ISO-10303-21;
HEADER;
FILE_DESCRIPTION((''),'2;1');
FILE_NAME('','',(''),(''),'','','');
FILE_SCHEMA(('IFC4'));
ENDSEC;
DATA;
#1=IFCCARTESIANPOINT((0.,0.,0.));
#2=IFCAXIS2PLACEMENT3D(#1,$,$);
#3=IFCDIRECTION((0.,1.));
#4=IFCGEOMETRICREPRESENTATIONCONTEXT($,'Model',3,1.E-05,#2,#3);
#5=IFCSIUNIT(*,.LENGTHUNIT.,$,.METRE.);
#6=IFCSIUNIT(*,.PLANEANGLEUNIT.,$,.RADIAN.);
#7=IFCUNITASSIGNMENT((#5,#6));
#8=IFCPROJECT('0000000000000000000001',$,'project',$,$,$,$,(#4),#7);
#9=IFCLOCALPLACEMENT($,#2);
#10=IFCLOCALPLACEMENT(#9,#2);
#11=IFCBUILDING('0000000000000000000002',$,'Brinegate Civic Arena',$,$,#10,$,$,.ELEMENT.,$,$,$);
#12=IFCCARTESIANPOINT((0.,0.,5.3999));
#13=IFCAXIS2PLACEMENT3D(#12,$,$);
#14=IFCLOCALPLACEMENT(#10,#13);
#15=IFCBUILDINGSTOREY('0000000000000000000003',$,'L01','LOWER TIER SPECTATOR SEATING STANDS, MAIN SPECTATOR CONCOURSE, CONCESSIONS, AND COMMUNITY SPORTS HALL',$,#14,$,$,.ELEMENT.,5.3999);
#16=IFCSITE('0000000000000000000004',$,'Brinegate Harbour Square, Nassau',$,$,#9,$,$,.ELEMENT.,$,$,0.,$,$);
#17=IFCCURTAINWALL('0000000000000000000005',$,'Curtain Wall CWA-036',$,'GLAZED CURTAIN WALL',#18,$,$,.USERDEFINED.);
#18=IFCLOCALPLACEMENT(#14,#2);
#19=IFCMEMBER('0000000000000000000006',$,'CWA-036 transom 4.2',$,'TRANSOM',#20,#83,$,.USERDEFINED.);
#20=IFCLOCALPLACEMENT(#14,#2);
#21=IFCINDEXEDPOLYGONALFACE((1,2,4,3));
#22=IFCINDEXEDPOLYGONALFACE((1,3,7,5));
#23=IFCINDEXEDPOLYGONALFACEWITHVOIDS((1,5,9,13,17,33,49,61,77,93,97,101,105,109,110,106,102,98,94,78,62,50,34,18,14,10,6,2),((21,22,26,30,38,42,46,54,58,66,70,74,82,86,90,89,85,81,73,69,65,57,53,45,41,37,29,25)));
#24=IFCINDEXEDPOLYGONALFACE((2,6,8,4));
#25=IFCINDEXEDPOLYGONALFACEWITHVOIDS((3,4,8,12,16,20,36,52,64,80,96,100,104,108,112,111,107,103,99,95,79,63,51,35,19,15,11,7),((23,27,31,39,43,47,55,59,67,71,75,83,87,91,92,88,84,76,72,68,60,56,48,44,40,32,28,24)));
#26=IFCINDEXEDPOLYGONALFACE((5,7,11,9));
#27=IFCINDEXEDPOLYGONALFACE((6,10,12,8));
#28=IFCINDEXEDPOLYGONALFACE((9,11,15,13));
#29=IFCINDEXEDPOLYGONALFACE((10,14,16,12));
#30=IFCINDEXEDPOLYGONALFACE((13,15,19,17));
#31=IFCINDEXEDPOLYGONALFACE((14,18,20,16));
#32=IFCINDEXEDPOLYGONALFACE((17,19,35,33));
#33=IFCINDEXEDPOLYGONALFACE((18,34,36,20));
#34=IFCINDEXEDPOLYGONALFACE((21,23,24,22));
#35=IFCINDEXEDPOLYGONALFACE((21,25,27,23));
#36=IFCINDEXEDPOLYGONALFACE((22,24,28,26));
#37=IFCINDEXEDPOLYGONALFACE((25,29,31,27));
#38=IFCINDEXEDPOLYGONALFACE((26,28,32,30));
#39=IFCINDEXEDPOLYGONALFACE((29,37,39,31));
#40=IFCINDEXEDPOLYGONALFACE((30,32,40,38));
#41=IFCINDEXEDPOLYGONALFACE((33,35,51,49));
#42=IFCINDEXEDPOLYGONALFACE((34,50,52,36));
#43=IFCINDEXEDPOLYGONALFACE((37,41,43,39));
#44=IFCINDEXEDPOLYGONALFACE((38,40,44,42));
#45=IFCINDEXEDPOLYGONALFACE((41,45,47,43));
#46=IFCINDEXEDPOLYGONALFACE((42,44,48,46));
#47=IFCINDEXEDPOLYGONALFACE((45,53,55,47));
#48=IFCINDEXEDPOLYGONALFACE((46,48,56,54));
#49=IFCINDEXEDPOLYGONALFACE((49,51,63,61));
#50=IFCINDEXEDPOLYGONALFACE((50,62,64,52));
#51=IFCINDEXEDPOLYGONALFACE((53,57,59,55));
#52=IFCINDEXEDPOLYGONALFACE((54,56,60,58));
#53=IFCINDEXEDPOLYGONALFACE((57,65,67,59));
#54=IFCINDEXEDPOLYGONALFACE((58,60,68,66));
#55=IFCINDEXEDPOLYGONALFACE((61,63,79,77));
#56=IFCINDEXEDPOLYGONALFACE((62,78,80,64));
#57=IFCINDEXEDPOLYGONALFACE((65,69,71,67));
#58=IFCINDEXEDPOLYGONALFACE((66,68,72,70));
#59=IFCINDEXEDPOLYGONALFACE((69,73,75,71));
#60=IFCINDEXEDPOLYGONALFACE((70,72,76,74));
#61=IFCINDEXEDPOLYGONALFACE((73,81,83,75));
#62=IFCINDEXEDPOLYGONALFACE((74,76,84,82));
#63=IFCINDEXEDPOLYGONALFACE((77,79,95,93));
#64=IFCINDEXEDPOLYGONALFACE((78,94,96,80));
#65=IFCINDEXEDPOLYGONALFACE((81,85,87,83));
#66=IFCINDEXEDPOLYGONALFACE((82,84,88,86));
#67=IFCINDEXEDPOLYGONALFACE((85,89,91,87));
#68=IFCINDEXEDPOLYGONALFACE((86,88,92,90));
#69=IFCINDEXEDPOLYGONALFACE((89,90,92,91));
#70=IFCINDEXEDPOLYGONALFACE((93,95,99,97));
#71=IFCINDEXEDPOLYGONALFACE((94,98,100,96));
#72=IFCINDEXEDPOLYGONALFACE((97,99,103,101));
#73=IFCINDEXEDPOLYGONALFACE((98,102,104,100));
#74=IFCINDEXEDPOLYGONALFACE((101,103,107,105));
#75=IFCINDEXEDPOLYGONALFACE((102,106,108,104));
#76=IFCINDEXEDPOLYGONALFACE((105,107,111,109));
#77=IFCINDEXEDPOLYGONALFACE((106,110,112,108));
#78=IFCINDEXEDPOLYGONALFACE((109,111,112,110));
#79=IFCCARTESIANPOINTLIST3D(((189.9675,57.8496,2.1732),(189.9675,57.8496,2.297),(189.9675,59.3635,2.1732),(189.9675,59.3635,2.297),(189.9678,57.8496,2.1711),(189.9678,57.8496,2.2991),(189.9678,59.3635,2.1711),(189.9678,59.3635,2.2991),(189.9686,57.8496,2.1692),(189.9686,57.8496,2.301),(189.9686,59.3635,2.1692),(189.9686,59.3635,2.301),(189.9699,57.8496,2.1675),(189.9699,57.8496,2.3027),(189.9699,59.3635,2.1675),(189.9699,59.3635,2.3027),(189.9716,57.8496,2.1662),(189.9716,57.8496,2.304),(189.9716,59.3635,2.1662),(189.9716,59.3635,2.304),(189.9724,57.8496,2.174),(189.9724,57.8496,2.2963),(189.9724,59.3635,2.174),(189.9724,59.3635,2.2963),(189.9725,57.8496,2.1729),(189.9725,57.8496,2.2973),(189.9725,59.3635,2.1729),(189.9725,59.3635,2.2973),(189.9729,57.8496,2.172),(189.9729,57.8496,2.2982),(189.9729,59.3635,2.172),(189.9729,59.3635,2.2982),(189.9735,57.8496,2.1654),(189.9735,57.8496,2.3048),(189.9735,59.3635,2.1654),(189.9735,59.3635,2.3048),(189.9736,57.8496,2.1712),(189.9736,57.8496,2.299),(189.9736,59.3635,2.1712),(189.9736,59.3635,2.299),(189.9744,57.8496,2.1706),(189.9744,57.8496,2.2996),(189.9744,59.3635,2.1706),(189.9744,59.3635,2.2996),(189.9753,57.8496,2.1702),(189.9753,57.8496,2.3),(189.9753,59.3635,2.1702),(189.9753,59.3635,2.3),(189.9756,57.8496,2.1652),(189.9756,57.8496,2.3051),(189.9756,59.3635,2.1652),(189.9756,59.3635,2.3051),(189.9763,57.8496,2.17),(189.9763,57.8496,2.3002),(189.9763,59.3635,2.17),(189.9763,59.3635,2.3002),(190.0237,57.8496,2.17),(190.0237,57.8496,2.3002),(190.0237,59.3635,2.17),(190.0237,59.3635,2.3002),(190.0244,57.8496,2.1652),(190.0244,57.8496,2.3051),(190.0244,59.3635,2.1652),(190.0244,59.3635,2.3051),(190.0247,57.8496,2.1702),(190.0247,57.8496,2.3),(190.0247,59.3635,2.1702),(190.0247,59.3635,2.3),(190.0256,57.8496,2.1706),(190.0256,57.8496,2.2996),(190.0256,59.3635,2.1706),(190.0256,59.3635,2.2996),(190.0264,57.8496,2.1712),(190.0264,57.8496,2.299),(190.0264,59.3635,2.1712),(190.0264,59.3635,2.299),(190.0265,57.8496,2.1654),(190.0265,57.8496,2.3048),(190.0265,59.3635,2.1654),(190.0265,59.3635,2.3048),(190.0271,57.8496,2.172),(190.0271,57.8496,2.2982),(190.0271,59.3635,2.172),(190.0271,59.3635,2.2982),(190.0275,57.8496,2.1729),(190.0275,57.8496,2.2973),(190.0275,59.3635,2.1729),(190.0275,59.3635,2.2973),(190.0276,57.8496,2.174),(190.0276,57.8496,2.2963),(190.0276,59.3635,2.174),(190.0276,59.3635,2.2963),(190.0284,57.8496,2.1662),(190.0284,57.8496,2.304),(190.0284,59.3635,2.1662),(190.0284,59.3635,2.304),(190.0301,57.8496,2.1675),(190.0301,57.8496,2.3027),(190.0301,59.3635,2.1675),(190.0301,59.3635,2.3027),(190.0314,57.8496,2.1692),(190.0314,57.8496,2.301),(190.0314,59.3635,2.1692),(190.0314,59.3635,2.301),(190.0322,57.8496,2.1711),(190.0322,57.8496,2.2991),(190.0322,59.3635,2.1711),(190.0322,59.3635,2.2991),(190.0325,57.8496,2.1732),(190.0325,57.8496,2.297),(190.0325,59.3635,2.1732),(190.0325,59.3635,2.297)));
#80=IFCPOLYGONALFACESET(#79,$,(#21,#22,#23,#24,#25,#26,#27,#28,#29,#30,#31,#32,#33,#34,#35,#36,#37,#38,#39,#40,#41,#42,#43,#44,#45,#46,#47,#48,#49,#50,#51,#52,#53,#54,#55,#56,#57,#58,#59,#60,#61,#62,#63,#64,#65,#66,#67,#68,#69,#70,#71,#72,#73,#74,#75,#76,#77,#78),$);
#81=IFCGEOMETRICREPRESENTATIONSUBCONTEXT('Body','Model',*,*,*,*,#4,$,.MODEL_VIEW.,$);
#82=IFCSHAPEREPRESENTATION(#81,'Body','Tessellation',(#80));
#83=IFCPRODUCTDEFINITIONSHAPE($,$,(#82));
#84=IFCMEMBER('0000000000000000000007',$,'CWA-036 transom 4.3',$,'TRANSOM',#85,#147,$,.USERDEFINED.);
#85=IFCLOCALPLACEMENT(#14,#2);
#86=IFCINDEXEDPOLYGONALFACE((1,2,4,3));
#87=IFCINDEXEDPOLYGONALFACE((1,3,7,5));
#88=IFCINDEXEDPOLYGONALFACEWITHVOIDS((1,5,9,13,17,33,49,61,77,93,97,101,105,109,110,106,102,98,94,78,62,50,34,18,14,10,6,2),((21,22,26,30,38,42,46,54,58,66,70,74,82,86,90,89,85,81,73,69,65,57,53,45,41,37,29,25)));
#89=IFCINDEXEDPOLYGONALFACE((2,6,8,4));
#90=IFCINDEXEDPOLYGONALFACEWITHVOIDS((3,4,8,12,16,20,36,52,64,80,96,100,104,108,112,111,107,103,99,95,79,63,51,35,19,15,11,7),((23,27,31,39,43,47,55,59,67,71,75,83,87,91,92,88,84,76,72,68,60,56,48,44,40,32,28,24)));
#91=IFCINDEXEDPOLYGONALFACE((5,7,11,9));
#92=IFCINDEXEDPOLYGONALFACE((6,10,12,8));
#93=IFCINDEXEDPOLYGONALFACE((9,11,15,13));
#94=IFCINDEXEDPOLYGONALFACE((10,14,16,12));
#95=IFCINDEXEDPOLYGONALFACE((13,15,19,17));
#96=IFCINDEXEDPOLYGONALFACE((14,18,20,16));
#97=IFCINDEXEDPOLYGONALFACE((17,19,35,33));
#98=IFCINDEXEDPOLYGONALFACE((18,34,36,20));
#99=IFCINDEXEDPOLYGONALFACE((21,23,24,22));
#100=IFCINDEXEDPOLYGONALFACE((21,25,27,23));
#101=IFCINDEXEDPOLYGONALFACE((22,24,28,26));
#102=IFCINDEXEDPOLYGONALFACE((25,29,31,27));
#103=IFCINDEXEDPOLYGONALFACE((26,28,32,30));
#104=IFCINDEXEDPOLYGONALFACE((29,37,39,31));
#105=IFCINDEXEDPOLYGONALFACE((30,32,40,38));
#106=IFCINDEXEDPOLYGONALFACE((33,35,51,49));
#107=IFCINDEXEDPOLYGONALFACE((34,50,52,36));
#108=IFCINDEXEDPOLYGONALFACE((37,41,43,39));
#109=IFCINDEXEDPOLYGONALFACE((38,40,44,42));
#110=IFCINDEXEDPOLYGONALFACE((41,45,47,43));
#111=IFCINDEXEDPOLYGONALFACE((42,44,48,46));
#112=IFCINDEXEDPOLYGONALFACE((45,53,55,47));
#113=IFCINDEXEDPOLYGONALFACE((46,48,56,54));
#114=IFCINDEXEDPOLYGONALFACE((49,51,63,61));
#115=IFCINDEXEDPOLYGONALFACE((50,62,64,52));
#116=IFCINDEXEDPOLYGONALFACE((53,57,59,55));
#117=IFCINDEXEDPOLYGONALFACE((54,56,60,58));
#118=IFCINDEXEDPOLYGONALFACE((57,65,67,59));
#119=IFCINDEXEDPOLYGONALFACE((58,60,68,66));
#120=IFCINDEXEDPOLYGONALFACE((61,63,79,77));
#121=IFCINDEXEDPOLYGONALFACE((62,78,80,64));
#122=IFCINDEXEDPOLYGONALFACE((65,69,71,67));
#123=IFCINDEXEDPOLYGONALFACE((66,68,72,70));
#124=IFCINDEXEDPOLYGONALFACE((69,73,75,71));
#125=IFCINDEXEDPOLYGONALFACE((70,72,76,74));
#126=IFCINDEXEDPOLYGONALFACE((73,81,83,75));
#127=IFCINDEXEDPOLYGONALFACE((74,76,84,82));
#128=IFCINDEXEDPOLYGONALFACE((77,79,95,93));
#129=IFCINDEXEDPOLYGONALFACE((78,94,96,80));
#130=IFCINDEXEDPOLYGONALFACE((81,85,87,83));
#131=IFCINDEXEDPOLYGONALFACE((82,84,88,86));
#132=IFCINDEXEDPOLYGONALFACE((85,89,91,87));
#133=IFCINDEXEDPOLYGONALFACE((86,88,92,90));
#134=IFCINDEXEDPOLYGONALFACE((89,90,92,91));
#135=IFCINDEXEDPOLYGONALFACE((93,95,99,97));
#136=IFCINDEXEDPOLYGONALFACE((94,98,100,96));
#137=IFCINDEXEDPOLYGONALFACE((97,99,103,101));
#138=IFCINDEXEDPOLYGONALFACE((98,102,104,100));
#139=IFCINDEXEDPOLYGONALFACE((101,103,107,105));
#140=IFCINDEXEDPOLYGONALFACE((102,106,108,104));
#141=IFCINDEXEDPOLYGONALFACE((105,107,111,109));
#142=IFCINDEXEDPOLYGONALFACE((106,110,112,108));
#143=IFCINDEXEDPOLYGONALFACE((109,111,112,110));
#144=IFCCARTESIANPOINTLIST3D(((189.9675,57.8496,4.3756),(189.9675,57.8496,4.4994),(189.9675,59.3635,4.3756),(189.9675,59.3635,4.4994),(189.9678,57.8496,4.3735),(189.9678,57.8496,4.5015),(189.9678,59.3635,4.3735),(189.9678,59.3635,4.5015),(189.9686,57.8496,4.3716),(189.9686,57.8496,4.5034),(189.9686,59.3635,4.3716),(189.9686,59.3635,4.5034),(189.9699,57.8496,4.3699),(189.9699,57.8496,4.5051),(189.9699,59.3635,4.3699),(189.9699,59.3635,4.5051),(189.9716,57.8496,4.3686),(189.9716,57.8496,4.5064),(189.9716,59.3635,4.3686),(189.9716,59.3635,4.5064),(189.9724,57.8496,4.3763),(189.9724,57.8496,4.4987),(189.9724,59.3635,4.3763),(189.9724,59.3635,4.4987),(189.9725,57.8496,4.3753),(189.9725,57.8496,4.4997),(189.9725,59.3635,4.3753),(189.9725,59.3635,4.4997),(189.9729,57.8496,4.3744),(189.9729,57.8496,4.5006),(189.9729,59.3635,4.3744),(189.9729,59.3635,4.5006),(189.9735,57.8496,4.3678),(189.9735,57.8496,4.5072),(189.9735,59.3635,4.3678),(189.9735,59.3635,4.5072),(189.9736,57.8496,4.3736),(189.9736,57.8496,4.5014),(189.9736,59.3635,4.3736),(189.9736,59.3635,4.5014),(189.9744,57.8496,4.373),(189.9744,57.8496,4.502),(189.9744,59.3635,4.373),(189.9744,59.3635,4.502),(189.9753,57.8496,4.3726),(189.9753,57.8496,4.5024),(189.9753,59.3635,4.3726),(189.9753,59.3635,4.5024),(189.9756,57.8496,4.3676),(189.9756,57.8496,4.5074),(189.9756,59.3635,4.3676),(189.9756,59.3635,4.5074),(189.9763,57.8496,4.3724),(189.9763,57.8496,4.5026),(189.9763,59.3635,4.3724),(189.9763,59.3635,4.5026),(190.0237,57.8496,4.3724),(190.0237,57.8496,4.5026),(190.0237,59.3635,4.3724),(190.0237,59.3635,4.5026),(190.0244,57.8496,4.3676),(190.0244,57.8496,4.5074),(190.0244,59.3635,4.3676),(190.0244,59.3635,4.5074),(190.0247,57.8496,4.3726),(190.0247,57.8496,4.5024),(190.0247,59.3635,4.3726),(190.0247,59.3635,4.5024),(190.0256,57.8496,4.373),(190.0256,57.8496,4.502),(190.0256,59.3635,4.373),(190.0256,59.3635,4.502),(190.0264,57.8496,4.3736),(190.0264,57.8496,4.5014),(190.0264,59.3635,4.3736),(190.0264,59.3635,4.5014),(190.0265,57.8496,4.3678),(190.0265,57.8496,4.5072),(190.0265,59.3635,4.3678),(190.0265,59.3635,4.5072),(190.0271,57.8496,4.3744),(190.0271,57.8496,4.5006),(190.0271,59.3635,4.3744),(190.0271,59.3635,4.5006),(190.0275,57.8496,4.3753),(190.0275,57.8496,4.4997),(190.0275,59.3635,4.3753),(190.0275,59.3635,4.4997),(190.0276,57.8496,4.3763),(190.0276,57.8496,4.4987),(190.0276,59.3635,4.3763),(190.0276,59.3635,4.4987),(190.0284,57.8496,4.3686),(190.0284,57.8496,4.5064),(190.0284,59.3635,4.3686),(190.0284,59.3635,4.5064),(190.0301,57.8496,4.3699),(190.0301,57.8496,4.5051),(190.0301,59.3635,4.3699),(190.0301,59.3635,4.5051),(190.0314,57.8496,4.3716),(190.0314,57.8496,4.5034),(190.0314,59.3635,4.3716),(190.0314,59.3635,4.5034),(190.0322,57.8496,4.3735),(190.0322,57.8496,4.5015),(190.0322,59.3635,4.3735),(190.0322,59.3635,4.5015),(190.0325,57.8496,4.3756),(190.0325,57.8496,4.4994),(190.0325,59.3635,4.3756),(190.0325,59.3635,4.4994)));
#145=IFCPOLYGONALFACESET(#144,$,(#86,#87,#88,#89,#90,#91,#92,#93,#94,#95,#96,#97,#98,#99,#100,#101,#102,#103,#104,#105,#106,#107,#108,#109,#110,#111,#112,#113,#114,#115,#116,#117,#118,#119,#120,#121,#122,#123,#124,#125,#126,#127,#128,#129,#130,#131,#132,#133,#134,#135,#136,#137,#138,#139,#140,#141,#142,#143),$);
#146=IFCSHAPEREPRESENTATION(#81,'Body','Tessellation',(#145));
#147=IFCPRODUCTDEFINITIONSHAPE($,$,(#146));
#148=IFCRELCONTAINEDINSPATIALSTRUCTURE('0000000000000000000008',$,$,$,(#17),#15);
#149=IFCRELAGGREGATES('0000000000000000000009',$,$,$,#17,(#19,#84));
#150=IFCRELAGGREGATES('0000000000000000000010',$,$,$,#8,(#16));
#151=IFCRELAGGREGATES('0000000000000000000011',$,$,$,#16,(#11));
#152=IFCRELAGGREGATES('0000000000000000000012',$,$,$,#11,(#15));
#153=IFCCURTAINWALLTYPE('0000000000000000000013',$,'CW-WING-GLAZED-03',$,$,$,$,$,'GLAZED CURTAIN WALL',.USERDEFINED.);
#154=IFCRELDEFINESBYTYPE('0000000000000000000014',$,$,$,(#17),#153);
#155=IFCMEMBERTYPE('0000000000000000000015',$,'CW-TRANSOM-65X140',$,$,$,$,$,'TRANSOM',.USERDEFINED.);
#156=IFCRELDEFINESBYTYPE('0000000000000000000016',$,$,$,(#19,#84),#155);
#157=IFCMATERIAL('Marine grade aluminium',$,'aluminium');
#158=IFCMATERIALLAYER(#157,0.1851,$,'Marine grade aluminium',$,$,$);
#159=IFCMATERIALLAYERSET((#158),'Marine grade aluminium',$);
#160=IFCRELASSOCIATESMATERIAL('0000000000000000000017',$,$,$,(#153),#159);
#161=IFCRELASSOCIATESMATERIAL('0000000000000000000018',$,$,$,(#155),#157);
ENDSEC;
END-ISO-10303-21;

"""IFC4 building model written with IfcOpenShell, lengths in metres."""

from ifc_helpers import new_model, si_unit, direction, frame, origin, origin_2d, place, context, subcontext, project, spatial, hollow_rectangle, extrude, material, layer, layer_set, material_profile, profile_set, type_object, element, aggregate, save


model = new_model("IFC4")

# Units and contexts
model_context = context("Model", 3, precision=1e-05, world=origin(), true_north=direction((0.0, 1.0)))
body_context = subcontext(model_context, "Body", "Model", "MODEL_VIEW")
ifc_project = project(units=[si_unit("LENGTHUNIT", "METRE"), si_unit("PLANEANGLEUNIT", "RADIAN")], contexts=[model_context])

# Site, building, storey
site_placement = place(None, origin())
site = spatial("IfcSite", under=ifc_project, at=site_placement, Name="Brinegate Harbour Square, Nassau", CompositionType="ELEMENT", RefElevation=0.0)
building_placement = place(site_placement, origin())
building = spatial("IfcBuilding", under=site, at=building_placement, Name="Brinegate Civic Arena", CompositionType="ELEMENT")
storey_placement = place(building_placement, frame((0.0, 0.0, 5.3999)))
storey = spatial("IfcBuildingStorey", under=building, at=storey_placement, Name="L01", Description="LOWER TIER SPECTATOR SEATING STANDS, MAIN SPECTATOR CONCOURSE, CONCESSIONS, AND COMMUNITY SPORTS HALL", CompositionType="ELEMENT", Elevation=5.3999)

# Curtain wall
ifc_material_1 = material(Name="Marine grade aluminium", Category="aluminium")
ifc_layer_1 = layer(ifc_material_1, 0.1851, Name="Marine grade aluminium")
ifc_layer_set_1 = layer_set([ifc_layer_1], Name="Marine grade aluminium")
curtain_wall_type = type_object("IfcCurtainWallType", Name="CW-WING-GLAZED-03", ElementType="GLAZED CURTAIN WALL", PredefinedType="USERDEFINED", material=ifc_layer_set_1)
curtain_wall_1_placement = place(storey_placement, origin())
curtain_wall_1 = element("IfcCurtainWall", 1, at=curtain_wall_1_placement, inside=storey, type_object=curtain_wall_type, Name="Curtain Wall CWA-036", ObjectType="GLAZED CURTAIN WALL", PredefinedType="USERDEFINED")

# Members
ifc_material_profile_1 = material_profile(ifc_material_1, hollow_rectangle(XDim=0.0649, YDim=0.1399, WallThickness=0.0049, InnerFilletRadius=0.0039, OuterFilletRadius=0.0081, at=origin_2d()), Name="TRN65X140")
ifc_profile_set_1 = profile_set([ifc_material_profile_1], Name="Marine grade aluminium")
member_type_1 = type_object("IfcMemberType", Name="CW-TRANSOM-65X140", ElementType="TRANSOM", PredefinedType="USERDEFINED", material=ifc_profile_set_1)
member_1_placement = place(storey_placement, frame((190.0, 57.8496, 2.2351), z_axis=(0.0, 1.0, 0.0), x_axis=(-1.0, 0.0, 0.0)))
member_1 = element("IfcMember", 2, at=member_1_placement, type_object=member_type_1, Name="CWA-036 transom 4.2", ObjectType="TRANSOM", PredefinedType="USERDEFINED", context=body_context, shape_type="SweptSolid", body=[
    extrude(hollow_rectangle(XDim=0.0649, YDim=0.1399, WallThickness=0.0049, InnerFilletRadius=0.0039, OuterFilletRadius=0.0081, at=origin_2d()), origin(), (0.0, 0.0, 1.0), 1.5139),
])
member_2_placement = place(storey_placement, frame((190.0, 57.8496, 4.4375), z_axis=(0.0, 1.0, 0.0), x_axis=(-1.0, 0.0, 0.0)))
member_2 = element("IfcMember", 3, at=member_2_placement, type_object=member_type_1, Name="CWA-036 transom 4.3", ObjectType="TRANSOM", PredefinedType="USERDEFINED", context=body_context, shape_type="SweptSolid", body=[
    extrude(hollow_rectangle(XDim=0.0649, YDim=0.1399, WallThickness=0.0049, InnerFilletRadius=0.0039, OuterFilletRadius=0.0081, at=origin_2d()), origin(), (0.0, 0.0, 1.0), 1.5139),
])

aggregate(curtain_wall_1, [member_1, member_2])

save(model, "model.ifc")
